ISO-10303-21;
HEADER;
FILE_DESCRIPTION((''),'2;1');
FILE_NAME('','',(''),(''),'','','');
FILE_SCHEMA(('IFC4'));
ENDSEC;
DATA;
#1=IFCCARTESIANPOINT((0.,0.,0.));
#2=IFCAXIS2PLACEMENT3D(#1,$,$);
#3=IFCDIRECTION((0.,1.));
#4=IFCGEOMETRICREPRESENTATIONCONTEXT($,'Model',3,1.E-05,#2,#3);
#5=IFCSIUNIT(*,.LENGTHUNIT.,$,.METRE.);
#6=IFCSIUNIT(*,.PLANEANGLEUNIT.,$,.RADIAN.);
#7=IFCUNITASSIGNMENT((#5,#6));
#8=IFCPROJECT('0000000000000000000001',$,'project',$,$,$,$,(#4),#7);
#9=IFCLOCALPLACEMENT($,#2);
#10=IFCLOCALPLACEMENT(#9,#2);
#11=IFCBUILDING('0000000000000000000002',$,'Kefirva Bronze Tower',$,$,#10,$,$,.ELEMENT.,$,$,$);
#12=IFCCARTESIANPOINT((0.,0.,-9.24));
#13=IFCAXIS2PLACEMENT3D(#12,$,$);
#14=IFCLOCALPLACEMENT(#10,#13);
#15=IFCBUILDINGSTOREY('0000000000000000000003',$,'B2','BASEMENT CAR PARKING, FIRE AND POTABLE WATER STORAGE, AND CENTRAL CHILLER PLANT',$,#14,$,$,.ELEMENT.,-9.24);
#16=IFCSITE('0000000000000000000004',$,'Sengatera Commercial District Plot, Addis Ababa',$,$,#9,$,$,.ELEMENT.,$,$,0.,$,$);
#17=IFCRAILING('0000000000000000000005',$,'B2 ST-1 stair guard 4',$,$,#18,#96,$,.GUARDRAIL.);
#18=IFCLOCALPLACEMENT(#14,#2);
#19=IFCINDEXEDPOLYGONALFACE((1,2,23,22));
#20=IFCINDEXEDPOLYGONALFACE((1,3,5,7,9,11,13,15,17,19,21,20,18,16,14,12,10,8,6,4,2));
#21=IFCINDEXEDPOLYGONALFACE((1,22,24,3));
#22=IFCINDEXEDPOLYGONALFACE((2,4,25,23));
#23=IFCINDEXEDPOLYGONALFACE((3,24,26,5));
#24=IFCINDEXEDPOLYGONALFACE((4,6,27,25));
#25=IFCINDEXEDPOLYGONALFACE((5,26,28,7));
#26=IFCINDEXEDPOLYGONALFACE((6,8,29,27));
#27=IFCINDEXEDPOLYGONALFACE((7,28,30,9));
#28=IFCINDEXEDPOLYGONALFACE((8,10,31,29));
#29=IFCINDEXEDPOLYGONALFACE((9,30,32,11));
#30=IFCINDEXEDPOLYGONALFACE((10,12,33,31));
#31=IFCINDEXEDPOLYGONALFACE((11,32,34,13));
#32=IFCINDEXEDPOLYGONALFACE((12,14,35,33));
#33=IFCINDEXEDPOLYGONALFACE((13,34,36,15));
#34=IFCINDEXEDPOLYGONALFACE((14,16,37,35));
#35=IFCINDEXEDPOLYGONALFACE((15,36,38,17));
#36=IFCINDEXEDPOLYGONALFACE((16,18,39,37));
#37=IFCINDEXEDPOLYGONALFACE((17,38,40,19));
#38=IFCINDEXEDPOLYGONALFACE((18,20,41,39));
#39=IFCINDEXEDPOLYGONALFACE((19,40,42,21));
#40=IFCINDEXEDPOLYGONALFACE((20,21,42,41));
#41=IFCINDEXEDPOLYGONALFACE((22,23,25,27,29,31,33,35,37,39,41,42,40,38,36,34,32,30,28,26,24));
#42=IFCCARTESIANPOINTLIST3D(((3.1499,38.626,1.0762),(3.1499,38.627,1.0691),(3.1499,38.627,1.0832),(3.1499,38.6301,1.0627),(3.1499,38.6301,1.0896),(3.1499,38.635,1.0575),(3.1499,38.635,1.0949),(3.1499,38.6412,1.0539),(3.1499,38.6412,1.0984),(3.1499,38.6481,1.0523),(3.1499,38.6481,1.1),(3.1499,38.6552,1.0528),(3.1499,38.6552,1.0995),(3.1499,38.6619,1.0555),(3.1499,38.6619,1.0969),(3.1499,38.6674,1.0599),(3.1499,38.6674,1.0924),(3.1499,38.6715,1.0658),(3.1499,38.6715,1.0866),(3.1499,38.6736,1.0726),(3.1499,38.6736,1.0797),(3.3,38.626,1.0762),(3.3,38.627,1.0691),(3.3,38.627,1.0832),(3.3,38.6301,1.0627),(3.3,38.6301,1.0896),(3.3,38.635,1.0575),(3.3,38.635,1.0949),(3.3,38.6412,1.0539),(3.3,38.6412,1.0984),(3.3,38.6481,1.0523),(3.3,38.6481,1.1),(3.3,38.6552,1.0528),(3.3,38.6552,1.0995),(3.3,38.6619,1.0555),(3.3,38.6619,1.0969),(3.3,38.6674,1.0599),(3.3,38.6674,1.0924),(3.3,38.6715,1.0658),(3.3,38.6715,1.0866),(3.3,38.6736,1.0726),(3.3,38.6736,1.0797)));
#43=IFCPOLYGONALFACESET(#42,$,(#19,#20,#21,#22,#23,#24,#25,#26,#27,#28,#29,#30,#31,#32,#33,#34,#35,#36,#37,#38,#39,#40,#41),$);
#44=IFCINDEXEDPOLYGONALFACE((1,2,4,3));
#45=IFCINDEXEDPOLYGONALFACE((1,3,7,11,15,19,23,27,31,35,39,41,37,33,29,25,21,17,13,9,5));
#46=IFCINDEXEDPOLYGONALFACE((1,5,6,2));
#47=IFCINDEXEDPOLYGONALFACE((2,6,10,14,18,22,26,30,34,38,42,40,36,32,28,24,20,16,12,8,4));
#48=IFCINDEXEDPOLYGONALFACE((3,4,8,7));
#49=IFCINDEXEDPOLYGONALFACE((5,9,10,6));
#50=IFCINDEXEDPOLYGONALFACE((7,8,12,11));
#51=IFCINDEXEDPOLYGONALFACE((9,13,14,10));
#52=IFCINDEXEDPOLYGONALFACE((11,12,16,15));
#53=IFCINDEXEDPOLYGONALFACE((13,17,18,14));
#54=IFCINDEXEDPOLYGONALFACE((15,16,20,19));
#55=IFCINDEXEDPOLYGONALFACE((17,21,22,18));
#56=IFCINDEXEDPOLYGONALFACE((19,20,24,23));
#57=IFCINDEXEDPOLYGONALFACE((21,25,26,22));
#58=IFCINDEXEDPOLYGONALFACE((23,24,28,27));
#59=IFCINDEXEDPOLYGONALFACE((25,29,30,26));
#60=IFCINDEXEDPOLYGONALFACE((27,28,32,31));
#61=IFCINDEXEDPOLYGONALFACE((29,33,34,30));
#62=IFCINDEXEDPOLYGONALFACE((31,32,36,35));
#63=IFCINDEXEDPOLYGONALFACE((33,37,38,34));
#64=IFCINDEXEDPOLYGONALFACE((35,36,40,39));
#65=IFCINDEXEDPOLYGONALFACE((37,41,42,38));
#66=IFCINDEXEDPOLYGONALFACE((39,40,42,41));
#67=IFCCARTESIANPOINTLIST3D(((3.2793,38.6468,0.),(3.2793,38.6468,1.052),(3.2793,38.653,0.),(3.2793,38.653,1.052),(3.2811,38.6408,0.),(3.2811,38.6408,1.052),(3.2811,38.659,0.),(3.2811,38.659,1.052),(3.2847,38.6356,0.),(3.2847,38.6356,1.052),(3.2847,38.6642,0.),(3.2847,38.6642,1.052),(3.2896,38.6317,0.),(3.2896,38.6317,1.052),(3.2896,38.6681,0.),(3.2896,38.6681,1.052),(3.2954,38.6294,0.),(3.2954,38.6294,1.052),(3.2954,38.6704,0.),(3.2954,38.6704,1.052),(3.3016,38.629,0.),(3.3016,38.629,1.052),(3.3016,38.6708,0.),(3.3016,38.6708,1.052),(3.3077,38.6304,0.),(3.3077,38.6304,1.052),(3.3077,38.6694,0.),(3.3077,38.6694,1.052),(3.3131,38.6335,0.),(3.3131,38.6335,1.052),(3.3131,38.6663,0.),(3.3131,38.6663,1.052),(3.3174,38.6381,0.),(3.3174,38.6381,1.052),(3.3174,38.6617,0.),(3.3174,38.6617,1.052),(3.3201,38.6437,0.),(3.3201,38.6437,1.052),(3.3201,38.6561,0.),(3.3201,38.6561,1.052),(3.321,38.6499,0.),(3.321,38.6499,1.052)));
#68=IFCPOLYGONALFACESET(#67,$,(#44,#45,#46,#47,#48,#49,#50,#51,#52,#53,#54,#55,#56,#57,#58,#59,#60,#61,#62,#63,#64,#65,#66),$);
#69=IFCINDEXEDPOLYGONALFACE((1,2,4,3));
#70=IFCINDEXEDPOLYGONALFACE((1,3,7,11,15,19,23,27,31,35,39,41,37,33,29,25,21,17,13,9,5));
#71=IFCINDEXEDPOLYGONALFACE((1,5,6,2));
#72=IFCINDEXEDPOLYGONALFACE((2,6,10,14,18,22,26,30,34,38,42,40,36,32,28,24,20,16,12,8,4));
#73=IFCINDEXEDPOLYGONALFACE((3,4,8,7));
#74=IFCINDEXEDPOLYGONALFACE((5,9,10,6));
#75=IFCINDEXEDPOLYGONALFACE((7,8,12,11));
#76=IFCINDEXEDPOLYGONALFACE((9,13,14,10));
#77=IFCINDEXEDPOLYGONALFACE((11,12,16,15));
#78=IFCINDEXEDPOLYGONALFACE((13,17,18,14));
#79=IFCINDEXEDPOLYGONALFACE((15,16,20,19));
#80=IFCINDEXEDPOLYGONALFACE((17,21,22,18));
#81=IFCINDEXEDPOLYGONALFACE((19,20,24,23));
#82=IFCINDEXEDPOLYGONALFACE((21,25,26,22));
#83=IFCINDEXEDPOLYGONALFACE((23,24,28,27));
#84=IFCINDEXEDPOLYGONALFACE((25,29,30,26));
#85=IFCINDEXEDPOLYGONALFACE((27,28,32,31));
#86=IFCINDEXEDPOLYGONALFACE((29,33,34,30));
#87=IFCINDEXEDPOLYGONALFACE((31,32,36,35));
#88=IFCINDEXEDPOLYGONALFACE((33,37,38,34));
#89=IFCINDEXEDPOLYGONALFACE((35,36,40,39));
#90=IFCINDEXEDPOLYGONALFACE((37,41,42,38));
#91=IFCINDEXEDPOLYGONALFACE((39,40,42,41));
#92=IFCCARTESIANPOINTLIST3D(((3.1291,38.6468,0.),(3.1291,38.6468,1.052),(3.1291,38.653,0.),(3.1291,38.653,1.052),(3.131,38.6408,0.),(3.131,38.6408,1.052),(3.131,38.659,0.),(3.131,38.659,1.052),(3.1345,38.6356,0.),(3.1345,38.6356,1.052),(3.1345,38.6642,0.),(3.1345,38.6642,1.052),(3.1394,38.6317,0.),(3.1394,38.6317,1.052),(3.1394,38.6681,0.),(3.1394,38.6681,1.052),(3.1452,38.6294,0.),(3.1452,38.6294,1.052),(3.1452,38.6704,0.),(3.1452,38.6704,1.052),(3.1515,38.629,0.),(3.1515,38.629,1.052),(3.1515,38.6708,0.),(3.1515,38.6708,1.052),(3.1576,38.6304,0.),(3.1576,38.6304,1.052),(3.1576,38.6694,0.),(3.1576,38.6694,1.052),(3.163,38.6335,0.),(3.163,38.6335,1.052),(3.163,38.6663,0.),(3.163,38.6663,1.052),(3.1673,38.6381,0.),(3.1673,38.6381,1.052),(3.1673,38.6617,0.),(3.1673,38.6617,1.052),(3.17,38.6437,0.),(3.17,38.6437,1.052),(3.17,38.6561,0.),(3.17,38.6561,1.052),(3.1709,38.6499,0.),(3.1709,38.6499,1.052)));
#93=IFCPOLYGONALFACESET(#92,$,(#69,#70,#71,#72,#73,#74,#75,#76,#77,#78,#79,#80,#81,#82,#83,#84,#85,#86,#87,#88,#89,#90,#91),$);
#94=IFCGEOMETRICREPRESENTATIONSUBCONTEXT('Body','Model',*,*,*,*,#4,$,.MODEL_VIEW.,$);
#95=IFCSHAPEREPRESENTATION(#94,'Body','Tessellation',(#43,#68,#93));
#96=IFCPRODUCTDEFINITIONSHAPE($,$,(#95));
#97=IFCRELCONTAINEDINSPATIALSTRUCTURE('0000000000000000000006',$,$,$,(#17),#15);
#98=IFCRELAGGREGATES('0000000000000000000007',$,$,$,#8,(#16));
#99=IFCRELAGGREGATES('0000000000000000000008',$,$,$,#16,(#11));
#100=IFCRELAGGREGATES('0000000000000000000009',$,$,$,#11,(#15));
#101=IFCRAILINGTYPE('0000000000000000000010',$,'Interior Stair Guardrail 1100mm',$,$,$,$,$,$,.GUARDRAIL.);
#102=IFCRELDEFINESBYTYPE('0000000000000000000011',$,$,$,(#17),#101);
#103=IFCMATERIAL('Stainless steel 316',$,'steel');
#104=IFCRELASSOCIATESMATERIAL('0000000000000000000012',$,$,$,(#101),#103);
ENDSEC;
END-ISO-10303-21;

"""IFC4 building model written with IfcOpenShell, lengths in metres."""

from ifc_helpers import new_model, si_unit, direction, frame, origin, origin_2d, place, context, subcontext, project, spatial, circle, extrude, material, type_object, element, save


model = new_model("IFC4")

# Units and contexts
model_context = context("Model", 3, precision=1e-05, world=origin(), true_north=direction((0.0, 1.0)))
body_context = subcontext(model_context, "Body", "Model", "MODEL_VIEW")
ifc_project = project(units=[si_unit("LENGTHUNIT", "METRE"), si_unit("PLANEANGLEUNIT", "RADIAN")], contexts=[model_context])

# Site, building, storey
site_placement = place(None, origin())
site = spatial("IfcSite", under=ifc_project, at=site_placement, Name="Sengatera Commercial District Plot, Addis Ababa", CompositionType="ELEMENT", RefElevation=0.0)
building_placement = place(site_placement, origin())
building = spatial("IfcBuilding", under=site, at=building_placement, Name="Kefirva Bronze Tower", CompositionType="ELEMENT")
storey_placement = place(building_placement, frame((0.0, 0.0, -9.24)))
storey = spatial("IfcBuildingStorey", under=building, at=storey_placement, Name="B2", Description="BASEMENT CAR PARKING, FIRE AND POTABLE WATER STORAGE, AND CENTRAL CHILLER PLANT", CompositionType="ELEMENT", Elevation=-9.24)

# Railing
ifc_material_1 = material(Name="Stainless steel 316", Category="steel")
railing_type_1 = type_object("IfcRailingType", Name="Interior Stair Guardrail 1100mm", PredefinedType="GUARDRAIL", material=ifc_material_1)
railing_1_placement = place(storey_placement, frame((3.3, 38.6499, 0.0)))
element("IfcRailing", 1, at=railing_1_placement, inside=storey, type_object=railing_type_1, Name="B2 ST-1 stair guard 4", PredefinedType="GUARDRAIL", context=body_context, shape_type="SweptSolid", body=[
    extrude(circle(Radius=0.0239, at=origin_2d()), frame((0.0, 0.0, 1.0762), z_axis=(-1.0, 0.0, 0.0), x_axis=(0.0, -1.0, 0.0)), (0.0, 0.0, 1.0), 0.1501),
    extrude(circle(Radius=0.021, at=origin_2d()), origin(), (0.0, 0.0, 1.0), 1.052),
    extrude(circle(Radius=0.021, at=origin_2d()), frame((-0.1501, 0.0, 0.0)), (0.0, 0.0, 1.0), 1.052),
])

save(model, "model.ifc")
